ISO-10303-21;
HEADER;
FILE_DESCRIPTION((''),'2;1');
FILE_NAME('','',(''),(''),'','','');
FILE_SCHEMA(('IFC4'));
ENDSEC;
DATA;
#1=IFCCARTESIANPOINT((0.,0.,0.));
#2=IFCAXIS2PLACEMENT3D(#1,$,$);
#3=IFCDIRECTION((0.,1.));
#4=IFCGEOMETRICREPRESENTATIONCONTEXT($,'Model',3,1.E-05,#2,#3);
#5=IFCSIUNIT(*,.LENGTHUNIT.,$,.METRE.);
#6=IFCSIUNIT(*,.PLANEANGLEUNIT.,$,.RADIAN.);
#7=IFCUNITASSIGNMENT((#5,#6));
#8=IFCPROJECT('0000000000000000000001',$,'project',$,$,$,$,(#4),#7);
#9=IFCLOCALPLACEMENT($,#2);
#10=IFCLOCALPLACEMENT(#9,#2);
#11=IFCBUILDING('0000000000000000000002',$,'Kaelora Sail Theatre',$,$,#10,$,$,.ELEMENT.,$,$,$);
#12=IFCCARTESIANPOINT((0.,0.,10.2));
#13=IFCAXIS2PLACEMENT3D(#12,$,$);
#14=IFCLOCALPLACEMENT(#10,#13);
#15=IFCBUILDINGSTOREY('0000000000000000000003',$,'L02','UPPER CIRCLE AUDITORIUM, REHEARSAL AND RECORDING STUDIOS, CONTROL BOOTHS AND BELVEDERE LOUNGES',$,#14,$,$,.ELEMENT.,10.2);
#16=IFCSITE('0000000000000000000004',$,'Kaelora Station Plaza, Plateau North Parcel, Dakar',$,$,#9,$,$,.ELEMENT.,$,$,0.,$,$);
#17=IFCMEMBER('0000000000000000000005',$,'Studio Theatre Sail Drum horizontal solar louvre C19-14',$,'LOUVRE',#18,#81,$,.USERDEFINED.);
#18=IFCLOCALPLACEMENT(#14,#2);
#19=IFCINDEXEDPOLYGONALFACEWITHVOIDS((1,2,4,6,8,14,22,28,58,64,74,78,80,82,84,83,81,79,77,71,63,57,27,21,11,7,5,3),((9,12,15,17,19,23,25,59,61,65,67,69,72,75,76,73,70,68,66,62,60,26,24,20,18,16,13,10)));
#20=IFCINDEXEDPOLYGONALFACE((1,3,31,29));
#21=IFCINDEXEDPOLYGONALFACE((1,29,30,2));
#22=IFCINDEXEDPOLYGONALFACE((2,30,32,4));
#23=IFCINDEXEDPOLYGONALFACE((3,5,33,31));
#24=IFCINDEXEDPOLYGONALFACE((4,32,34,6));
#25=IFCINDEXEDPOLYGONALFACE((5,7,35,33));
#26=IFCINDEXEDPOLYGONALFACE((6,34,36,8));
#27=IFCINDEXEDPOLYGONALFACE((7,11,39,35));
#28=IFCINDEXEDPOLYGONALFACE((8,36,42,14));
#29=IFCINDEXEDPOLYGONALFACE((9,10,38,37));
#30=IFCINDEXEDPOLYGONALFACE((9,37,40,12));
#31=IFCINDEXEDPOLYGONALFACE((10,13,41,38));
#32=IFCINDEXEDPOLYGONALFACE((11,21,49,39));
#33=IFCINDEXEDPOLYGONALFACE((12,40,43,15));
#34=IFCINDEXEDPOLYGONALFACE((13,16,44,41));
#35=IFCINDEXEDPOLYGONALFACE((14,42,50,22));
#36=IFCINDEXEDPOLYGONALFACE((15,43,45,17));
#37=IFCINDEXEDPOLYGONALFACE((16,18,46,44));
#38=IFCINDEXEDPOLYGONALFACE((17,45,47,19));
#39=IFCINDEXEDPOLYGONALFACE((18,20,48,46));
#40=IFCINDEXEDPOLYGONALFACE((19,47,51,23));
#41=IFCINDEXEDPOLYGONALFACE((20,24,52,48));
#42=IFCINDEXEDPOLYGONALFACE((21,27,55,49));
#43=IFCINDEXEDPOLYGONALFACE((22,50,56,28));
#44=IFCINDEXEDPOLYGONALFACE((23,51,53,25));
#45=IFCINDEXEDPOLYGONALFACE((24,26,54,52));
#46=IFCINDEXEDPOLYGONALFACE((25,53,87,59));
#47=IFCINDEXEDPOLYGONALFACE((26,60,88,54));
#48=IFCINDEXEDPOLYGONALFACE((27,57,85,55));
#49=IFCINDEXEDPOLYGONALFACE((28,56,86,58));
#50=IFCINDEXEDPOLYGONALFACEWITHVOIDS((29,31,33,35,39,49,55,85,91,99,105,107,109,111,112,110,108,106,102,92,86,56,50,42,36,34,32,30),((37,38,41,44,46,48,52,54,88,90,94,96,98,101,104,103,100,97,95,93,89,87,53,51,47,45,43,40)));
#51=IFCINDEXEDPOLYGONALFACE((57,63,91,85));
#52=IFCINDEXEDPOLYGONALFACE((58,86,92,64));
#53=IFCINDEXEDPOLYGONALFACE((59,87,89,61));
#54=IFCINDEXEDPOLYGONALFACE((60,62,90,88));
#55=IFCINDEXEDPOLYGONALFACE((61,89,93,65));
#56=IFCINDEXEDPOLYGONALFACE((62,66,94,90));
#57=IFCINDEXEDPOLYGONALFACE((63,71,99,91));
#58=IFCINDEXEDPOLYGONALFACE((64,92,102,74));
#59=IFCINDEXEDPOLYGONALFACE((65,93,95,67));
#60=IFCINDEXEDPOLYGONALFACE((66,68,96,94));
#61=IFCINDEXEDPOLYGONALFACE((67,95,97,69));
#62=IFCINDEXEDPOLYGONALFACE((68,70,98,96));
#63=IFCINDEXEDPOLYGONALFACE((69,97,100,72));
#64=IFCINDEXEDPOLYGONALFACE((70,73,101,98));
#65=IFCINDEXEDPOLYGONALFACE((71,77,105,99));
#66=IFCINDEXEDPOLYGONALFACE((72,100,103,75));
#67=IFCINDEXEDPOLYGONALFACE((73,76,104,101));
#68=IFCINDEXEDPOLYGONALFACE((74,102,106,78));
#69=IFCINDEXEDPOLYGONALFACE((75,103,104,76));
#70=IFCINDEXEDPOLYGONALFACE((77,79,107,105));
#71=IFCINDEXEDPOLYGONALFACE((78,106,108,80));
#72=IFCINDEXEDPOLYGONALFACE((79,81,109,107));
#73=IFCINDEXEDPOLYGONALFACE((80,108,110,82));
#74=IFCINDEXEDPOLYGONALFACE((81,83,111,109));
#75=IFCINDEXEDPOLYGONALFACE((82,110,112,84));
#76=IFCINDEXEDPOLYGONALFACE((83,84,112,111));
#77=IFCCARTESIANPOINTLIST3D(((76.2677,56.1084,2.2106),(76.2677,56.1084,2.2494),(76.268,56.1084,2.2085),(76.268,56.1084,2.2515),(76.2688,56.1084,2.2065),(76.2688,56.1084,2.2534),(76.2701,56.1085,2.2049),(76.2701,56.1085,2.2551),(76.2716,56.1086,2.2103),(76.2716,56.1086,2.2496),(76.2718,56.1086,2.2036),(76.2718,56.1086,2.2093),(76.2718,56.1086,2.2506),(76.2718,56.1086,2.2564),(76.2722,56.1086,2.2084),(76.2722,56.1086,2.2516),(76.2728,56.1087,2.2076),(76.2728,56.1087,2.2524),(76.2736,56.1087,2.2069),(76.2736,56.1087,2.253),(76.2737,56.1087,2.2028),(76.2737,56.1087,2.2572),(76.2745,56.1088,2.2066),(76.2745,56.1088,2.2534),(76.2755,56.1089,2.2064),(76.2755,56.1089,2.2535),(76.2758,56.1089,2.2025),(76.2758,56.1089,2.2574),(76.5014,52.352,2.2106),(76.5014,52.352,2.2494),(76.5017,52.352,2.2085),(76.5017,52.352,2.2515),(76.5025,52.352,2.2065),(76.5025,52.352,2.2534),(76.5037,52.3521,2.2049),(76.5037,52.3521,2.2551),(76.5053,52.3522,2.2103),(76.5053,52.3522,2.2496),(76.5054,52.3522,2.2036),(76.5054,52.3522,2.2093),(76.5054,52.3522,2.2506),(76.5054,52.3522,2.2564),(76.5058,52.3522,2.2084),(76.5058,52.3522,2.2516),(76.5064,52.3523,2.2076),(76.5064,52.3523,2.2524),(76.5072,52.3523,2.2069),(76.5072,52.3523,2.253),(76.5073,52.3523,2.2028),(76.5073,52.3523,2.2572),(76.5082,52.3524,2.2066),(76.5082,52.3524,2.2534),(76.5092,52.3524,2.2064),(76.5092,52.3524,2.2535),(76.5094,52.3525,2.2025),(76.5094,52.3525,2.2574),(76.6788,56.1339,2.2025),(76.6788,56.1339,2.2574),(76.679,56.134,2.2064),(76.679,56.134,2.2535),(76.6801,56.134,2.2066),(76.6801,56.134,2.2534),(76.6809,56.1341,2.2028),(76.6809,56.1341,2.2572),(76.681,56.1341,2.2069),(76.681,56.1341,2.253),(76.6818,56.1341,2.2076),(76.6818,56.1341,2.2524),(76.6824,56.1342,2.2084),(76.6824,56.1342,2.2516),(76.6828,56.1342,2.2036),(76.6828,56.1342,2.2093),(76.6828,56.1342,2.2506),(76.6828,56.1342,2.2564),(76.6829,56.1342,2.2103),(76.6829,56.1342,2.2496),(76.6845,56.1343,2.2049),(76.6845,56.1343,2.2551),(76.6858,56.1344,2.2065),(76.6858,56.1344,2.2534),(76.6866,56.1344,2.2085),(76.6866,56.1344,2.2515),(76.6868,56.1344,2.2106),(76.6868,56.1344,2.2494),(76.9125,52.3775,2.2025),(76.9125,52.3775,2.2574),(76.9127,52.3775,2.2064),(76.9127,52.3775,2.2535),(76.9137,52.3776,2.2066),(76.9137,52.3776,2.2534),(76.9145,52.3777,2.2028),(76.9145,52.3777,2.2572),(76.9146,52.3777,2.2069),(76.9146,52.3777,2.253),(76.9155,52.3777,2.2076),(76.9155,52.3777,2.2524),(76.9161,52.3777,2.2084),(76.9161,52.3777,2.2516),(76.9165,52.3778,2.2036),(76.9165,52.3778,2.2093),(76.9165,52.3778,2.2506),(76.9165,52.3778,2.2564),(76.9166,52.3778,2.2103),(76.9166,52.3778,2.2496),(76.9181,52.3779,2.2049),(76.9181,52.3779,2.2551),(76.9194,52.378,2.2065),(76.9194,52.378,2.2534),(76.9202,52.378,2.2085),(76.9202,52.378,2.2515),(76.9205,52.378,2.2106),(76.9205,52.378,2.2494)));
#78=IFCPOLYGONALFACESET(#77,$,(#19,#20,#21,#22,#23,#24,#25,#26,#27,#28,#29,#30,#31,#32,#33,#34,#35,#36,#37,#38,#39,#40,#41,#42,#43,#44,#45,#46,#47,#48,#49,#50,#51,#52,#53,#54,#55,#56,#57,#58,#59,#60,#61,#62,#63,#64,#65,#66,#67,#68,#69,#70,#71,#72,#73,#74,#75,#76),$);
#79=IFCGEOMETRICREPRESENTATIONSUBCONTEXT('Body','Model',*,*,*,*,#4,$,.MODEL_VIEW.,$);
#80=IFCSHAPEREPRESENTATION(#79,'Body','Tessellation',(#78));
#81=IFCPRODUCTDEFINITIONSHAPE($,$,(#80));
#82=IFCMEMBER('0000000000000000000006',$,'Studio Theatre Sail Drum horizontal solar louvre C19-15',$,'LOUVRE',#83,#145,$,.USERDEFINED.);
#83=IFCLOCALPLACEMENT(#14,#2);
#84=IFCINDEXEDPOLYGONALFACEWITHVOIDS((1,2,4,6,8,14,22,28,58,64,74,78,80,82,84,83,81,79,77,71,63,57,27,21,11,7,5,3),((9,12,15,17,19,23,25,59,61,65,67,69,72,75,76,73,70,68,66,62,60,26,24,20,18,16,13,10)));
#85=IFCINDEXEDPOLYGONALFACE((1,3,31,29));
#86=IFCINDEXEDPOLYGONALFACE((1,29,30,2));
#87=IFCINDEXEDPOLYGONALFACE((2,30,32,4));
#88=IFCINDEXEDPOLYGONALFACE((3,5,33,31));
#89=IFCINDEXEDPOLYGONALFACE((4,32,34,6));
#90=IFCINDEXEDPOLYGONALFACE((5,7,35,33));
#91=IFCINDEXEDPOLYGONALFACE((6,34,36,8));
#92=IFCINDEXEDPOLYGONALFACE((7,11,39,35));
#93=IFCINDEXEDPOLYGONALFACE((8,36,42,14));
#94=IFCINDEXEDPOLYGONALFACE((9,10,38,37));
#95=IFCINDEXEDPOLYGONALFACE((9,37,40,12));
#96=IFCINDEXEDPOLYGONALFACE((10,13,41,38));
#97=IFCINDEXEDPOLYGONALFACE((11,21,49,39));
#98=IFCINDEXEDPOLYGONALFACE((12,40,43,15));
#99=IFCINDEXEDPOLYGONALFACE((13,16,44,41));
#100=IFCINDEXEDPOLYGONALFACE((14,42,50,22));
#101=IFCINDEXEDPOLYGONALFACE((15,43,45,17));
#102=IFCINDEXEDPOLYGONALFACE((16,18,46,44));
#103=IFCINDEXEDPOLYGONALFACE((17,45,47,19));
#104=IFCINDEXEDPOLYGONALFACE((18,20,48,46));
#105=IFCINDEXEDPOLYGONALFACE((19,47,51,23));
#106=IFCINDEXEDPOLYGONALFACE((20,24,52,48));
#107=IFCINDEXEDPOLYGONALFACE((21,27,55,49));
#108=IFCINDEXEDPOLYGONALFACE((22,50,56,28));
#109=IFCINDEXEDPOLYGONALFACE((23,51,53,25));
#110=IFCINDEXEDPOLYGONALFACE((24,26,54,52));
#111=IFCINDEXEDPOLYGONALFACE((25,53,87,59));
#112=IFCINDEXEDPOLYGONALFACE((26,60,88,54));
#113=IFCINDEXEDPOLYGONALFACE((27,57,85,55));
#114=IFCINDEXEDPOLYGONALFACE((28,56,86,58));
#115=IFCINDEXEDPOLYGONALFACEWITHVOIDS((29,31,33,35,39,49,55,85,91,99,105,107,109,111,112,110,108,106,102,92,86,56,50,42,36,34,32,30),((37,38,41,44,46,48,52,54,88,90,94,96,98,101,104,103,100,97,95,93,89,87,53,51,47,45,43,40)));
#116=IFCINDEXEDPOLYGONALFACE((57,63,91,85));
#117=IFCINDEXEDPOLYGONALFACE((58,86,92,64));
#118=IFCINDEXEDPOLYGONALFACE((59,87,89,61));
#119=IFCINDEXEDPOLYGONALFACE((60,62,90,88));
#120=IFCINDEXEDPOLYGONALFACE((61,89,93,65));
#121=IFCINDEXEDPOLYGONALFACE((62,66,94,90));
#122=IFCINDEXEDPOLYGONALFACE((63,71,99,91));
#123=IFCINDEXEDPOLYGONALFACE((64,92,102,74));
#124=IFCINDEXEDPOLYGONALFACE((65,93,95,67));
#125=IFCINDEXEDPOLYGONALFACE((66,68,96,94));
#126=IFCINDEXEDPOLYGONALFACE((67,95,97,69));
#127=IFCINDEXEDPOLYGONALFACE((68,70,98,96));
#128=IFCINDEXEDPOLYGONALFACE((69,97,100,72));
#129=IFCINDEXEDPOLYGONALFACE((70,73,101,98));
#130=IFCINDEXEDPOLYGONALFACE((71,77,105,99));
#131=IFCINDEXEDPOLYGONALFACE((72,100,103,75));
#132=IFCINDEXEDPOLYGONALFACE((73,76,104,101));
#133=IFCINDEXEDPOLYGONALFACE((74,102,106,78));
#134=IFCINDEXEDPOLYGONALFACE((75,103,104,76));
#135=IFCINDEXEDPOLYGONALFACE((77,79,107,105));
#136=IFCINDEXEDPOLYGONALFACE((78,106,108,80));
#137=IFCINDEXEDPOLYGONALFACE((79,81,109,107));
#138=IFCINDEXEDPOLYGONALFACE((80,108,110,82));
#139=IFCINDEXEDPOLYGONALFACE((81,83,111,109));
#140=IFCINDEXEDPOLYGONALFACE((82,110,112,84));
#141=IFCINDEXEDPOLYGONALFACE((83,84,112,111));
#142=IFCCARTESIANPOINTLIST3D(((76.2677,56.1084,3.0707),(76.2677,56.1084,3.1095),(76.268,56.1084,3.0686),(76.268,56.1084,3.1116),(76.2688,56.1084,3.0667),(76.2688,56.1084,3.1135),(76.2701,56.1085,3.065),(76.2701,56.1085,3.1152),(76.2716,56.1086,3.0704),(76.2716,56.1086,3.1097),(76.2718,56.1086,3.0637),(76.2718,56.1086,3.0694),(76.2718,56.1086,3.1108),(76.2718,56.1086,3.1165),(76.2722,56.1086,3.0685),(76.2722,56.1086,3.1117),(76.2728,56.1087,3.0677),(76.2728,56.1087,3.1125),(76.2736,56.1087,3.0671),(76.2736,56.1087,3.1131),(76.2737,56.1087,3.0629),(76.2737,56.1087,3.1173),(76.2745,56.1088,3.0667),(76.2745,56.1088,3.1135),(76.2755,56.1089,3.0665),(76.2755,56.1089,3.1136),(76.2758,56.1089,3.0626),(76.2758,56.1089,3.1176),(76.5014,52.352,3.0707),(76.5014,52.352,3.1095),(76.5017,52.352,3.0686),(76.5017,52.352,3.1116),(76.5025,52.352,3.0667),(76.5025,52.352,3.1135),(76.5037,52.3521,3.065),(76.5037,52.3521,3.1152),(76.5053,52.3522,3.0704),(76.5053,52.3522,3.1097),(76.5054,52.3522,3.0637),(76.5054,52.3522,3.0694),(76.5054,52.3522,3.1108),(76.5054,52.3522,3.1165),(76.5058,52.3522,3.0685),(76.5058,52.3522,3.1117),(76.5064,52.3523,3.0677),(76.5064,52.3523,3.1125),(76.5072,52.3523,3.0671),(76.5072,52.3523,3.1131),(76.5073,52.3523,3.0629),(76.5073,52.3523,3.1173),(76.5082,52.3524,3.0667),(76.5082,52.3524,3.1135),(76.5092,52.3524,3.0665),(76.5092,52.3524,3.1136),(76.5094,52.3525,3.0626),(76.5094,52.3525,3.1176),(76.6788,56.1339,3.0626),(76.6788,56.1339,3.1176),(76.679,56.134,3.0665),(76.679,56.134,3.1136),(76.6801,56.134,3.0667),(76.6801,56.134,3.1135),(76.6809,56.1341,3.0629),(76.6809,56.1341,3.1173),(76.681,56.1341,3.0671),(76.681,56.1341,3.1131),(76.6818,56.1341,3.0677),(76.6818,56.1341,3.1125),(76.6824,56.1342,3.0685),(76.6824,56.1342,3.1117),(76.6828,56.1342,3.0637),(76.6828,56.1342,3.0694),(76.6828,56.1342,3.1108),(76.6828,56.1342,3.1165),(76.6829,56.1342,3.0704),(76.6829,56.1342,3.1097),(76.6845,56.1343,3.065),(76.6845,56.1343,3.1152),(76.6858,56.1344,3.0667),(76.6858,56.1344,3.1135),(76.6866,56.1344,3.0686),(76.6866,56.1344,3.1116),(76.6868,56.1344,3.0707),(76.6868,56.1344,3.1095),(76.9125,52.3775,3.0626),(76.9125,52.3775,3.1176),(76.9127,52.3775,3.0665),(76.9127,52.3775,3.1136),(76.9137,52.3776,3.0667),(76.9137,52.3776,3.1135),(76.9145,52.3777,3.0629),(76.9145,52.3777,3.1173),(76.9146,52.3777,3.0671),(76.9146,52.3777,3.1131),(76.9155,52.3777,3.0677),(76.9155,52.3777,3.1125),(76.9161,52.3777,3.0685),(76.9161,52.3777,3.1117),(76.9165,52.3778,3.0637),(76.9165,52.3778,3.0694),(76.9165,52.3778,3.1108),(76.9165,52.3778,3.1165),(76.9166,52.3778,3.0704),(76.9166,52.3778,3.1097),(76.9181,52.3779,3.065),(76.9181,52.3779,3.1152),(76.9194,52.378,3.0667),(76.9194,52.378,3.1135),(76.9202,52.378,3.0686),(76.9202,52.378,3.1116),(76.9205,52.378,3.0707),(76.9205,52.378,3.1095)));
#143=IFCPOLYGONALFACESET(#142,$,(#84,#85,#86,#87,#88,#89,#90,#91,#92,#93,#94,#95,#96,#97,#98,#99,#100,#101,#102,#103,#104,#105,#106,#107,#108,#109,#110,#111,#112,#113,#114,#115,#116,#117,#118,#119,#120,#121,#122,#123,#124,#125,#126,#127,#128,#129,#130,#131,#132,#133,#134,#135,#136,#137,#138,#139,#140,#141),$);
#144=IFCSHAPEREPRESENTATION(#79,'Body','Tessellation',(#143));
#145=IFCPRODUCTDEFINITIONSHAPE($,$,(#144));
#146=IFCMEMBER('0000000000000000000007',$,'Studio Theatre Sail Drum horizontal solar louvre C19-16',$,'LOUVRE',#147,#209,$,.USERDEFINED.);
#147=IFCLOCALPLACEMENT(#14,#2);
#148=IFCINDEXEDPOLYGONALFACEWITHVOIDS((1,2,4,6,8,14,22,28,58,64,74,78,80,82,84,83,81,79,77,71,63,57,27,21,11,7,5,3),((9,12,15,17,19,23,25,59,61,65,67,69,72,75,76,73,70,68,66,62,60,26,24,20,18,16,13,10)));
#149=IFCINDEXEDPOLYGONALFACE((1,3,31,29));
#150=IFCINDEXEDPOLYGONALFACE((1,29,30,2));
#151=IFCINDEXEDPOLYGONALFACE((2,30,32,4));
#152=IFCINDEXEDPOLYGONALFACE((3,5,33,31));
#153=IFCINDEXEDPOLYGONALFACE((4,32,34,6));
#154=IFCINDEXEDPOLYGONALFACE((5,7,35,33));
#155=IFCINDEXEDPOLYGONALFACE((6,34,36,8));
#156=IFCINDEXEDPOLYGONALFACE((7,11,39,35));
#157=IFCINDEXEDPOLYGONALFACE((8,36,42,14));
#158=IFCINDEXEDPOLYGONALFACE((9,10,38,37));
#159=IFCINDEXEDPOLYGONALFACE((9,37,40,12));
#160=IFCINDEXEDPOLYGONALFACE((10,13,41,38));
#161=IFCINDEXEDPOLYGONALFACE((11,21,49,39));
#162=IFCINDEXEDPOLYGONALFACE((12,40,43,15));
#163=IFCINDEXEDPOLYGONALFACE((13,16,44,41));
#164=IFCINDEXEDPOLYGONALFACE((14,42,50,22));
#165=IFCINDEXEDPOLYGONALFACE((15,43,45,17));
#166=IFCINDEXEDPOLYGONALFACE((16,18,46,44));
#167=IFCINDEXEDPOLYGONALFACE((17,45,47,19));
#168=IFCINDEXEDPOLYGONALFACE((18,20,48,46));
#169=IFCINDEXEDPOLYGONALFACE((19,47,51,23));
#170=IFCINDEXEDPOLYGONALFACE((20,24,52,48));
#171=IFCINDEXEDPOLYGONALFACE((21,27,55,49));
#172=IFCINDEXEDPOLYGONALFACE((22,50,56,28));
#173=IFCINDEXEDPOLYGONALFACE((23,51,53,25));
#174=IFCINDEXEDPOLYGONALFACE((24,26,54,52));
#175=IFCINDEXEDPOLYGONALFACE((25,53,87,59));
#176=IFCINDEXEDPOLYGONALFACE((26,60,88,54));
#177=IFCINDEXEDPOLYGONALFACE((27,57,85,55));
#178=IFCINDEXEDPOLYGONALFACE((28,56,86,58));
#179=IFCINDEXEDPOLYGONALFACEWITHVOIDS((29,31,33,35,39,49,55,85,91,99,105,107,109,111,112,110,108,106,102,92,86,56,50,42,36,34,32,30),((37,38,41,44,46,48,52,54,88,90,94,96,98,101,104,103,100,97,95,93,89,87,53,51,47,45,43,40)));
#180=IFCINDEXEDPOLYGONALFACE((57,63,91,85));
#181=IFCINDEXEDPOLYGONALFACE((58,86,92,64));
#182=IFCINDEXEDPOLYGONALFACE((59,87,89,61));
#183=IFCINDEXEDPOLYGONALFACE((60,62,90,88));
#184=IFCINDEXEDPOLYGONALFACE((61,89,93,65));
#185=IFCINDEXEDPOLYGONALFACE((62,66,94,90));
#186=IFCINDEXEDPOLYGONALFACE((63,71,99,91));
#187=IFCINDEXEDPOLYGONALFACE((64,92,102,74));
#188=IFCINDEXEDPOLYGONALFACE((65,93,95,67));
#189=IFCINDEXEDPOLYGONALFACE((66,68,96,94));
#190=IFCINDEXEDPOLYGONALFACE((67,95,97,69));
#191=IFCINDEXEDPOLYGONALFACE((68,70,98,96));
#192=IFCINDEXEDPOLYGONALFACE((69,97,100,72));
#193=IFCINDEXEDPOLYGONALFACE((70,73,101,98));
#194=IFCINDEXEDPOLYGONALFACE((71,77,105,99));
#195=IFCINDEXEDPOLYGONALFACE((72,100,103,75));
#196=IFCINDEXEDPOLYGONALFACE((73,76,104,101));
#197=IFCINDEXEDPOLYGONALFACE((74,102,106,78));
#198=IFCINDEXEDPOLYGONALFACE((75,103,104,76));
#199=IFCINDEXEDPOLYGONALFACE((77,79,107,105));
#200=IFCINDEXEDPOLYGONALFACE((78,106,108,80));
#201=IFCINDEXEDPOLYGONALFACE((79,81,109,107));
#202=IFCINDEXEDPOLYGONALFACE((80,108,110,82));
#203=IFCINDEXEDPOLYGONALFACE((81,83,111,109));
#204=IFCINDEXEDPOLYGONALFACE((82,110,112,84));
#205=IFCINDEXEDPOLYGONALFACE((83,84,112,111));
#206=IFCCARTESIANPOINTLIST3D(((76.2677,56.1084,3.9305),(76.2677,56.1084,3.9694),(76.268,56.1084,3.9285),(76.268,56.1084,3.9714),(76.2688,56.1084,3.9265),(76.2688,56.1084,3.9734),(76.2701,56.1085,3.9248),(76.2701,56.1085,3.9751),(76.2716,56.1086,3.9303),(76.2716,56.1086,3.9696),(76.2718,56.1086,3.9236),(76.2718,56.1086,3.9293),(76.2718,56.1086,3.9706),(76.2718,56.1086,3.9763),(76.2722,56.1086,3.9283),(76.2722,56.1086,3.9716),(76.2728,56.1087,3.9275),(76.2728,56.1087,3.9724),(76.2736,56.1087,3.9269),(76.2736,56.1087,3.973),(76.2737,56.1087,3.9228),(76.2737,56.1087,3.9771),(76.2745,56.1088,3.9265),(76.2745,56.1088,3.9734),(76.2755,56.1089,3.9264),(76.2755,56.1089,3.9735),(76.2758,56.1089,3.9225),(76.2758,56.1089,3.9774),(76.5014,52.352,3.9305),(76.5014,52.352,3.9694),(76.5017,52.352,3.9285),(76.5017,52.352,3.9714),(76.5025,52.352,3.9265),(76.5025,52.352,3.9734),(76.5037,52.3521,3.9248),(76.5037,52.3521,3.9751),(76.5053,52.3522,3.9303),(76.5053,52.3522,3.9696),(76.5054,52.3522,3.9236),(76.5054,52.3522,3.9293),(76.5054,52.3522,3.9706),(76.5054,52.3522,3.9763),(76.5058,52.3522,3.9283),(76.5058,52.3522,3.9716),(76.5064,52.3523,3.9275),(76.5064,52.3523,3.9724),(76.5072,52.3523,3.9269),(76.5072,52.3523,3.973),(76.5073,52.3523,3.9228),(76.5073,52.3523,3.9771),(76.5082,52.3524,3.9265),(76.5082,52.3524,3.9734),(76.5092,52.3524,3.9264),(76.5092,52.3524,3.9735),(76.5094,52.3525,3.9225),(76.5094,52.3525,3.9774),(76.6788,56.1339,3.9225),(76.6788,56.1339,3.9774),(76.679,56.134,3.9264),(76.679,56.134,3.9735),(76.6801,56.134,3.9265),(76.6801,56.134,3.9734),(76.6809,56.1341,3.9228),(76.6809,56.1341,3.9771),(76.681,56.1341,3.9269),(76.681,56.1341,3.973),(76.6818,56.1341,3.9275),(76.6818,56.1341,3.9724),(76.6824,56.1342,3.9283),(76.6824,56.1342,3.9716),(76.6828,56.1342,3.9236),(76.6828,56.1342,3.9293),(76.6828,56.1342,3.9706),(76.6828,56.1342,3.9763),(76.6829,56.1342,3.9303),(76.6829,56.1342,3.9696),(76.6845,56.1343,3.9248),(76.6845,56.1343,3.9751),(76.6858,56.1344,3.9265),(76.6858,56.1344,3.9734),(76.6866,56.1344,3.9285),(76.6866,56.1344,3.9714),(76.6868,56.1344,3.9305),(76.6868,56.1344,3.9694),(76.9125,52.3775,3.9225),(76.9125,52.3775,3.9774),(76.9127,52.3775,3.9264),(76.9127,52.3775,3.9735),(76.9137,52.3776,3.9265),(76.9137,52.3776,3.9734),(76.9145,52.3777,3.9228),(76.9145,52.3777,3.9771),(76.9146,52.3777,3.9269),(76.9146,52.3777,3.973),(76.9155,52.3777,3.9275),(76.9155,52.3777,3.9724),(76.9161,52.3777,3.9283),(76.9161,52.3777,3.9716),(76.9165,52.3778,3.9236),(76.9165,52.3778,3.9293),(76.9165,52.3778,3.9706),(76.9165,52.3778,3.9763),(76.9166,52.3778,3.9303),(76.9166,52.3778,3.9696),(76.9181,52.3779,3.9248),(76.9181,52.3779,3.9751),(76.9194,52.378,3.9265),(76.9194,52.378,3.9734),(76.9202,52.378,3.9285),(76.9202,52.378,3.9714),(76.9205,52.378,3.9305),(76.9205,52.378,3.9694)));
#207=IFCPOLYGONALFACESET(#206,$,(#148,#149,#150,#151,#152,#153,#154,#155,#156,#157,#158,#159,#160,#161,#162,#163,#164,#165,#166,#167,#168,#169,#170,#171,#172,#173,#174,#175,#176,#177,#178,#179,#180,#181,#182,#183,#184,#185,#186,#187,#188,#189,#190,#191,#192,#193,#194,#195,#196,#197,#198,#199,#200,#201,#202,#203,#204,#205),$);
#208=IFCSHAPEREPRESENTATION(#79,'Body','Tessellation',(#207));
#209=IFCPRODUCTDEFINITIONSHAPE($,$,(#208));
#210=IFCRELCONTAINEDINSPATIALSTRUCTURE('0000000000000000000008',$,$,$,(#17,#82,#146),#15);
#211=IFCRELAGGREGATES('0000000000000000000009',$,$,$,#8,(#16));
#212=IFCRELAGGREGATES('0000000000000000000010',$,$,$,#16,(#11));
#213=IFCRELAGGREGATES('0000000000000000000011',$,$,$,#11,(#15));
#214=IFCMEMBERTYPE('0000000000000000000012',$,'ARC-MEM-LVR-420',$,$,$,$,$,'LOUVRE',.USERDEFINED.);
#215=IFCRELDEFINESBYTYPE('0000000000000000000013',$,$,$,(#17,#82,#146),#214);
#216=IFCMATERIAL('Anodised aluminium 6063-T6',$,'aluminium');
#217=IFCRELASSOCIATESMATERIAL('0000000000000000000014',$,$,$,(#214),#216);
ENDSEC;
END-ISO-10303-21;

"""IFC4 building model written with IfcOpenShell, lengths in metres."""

from ifc_helpers import new_model, si_unit, direction, frame, origin, origin_2d, place, context, subcontext, project, spatial, hollow_rectangle, extrude, material, material_profile, profile_set, type_object, element, save


model = new_model("IFC4")

# Units and contexts
model_context = context("Model", 3, precision=1e-05, world=origin(), true_north=direction((0.0, 1.0)))
body_context = subcontext(model_context, "Body", "Model", "MODEL_VIEW")
ifc_project = project(units=[si_unit("LENGTHUNIT", "METRE"), si_unit("PLANEANGLEUNIT", "RADIAN")], contexts=[model_context])

# Site, building, storey
site_placement = place(None, origin())
site = spatial("IfcSite", under=ifc_project, at=site_placement, Name="Kaelora Station Plaza, Plateau North Parcel, Dakar", CompositionType="ELEMENT", RefElevation=0.0)
building_placement = place(site_placement, origin())
building = spatial("IfcBuilding", under=site, at=building_placement, Name="Kaelora Sail Theatre", CompositionType="ELEMENT")
storey_placement = place(building_placement, frame((0.0, 0.0, 10.2)))
storey = spatial("IfcBuildingStorey", under=building, at=storey_placement, Name="L02", Description="UPPER CIRCLE AUDITORIUM, REHEARSAL AND RECORDING STUDIOS, CONTROL BOOTHS AND BELVEDERE LOUNGES", CompositionType="ELEMENT", Elevation=10.2)

# Members
ifc_material_1 = material(Name="Anodised aluminium 6063-T6", Category="aluminium")
ifc_material_profile_1 = material_profile(ifc_material_1, hollow_rectangle(XDim=0.4199, YDim=0.0549, WallThickness=0.0039, InnerFilletRadius=0.0039, OuterFilletRadius=0.0081, at=origin_2d()), Name="LOUVRE 420x55x4")
ifc_profile_set_1 = profile_set([ifc_material_profile_1], Name="Anodised aluminium 6063-T6")
member_type_1 = type_object("IfcMemberType", Name="ARC-MEM-LVR-420", ElementType="LOUVRE", PredefinedType="USERDEFINED", material=ifc_profile_set_1)
for number, where, z_axis, x_axis, name in (
    (1, (76.7109, 52.365, 2.23), (-0.062079, 0.998071, 0.0), (-0.998071, -0.062079, 0.0), "Studio Theatre Sail Drum horizontal solar louvre C19-14"),
    (2, (76.7109, 52.365, 3.0901), (-0.062079, 0.998071, 0.0), (-0.998071, -0.062079, 0.0), "Studio Theatre Sail Drum horizontal solar louvre C19-15"),
    (3, (76.7109, 52.365, 3.95), (-0.062079, 0.998071, 0.0), (-0.998071, -0.062079, 0.0), "Studio Theatre Sail Drum horizontal solar louvre C19-16"),
):
    element("IfcMember", number, at=place(storey_placement, frame(where, z_axis=z_axis, x_axis=x_axis)), inside=storey, type_object=member_type_1, Name=name, ObjectType="LOUVRE", PredefinedType="USERDEFINED", context=body_context, shape_type="SweptSolid", body=[
        extrude(hollow_rectangle(XDim=0.4199, YDim=0.0549, WallThickness=0.0039, InnerFilletRadius=0.0039, OuterFilletRadius=0.0081, at=origin_2d()), origin(), (0.0, 0.0, 1.0), 3.7637),
    ])

save(model, "model.ifc")
